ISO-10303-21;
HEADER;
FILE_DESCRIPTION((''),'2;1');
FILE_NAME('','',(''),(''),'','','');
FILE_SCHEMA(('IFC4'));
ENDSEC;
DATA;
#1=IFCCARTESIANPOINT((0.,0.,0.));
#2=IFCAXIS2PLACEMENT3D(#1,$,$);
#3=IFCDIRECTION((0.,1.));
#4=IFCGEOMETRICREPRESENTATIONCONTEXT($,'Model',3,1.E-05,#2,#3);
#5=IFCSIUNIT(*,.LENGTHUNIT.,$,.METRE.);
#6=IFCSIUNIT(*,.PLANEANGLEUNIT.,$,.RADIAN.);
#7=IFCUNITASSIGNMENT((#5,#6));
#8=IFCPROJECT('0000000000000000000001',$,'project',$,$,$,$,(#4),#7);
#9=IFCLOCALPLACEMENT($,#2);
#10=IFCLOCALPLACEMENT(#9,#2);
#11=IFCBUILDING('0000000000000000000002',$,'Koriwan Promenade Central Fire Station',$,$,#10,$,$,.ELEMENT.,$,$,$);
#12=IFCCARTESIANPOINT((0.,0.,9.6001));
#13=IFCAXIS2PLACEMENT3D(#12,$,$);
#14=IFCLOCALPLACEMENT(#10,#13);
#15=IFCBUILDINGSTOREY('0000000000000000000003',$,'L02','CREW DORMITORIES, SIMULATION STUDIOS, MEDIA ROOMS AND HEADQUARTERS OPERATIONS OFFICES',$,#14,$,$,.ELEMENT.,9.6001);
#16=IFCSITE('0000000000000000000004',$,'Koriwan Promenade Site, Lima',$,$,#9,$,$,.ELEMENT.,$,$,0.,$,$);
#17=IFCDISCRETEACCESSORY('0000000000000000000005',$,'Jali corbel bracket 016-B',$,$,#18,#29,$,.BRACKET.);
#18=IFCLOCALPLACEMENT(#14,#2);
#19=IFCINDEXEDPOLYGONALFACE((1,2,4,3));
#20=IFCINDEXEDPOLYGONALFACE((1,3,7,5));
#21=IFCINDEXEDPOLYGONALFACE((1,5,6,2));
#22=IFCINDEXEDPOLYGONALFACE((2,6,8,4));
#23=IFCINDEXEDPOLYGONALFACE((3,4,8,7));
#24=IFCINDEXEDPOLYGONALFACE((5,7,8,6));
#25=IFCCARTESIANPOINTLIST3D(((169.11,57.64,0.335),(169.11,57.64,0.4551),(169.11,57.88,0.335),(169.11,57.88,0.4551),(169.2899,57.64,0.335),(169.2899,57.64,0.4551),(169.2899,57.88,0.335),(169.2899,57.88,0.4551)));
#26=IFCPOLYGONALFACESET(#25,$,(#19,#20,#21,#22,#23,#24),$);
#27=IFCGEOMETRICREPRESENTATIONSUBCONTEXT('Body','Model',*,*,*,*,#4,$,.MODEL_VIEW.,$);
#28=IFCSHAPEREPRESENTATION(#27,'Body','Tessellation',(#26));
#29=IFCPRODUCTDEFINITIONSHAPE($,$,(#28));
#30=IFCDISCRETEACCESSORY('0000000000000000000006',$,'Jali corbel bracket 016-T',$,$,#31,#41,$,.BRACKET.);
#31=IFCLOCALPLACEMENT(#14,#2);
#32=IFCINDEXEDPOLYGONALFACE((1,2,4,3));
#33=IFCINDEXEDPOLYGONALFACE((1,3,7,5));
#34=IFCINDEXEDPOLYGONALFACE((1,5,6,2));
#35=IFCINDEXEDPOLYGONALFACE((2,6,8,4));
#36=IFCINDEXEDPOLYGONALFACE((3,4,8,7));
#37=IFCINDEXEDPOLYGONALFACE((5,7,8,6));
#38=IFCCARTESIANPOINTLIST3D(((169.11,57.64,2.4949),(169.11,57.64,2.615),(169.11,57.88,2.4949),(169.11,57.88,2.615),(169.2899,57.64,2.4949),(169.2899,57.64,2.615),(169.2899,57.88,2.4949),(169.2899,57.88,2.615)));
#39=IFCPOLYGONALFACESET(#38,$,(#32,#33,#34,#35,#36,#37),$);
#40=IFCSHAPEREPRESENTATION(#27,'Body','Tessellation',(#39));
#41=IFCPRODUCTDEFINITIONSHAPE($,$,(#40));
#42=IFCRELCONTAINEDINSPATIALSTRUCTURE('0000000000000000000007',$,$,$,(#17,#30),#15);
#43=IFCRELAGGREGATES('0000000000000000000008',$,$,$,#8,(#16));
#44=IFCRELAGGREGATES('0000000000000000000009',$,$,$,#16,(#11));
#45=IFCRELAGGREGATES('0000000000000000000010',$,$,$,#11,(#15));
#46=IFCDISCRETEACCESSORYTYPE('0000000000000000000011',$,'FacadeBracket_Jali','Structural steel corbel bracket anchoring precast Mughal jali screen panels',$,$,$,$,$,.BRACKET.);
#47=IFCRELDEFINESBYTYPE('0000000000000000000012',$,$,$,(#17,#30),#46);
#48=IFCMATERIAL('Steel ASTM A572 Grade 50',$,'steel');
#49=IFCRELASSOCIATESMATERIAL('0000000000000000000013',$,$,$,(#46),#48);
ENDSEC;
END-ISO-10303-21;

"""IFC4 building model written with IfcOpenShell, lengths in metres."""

from ifc_helpers import new_model, si_unit, direction, frame, origin, origin_2d, place, context, subcontext, project, spatial, rectangle, extrude, material, type_object, element, save


model = new_model("IFC4")

# Units and contexts
model_context = context("Model", 3, precision=1e-05, world=origin(), true_north=direction((0.0, 1.0)))
body_context = subcontext(model_context, "Body", "Model", "MODEL_VIEW")
ifc_project = project(units=[si_unit("LENGTHUNIT", "METRE"), si_unit("PLANEANGLEUNIT", "RADIAN")], contexts=[model_context])

# Site, building, storey
site_placement = place(None, origin())
site = spatial("IfcSite", under=ifc_project, at=site_placement, Name="Koriwan Promenade Site, Lima", CompositionType="ELEMENT", RefElevation=0.0)
building_placement = place(site_placement, origin())
building = spatial("IfcBuilding", under=site, at=building_placement, Name="Koriwan Promenade Central Fire Station", CompositionType="ELEMENT")
storey_placement = place(building_placement, frame((0.0, 0.0, 9.6001)))
storey = spatial("IfcBuildingStorey", under=building, at=storey_placement, Name="L02", Description="CREW DORMITORIES, SIMULATION STUDIOS, MEDIA ROOMS AND HEADQUARTERS OPERATIONS OFFICES", CompositionType="ELEMENT", Elevation=9.6001)

# Discrete accessories
ifc_material_1 = material(Name="Steel ASTM A572 Grade 50", Category="steel")
discrete_accessory_type_1 = type_object("IfcDiscreteAccessoryType", Name="FacadeBracket_Jali", Description="Structural steel corbel bracket anchoring precast Mughal jali screen panels", PredefinedType="BRACKET", material=ifc_material_1)
for number, where, z_axis, x_axis, name in (
    (1, (169.2, 57.76, 0.335), (0.0, 0.0, 1.0), (0.0, 1.0, 0.0), "Jali corbel bracket 016-B"),
    (2, (169.2, 57.76, 2.4949), (0.0, 0.0, 1.0), (0.0, 1.0, 0.0), "Jali corbel bracket 016-T"),
):
    element("IfcDiscreteAccessory", number, at=place(storey_placement, frame(where, z_axis=z_axis, x_axis=x_axis)), inside=storey, type_object=discrete_accessory_type_1, Name=name, PredefinedType="BRACKET", context=body_context, shape_type="SweptSolid", body=[
        extrude(rectangle(XDim=0.24, YDim=0.1799, at=origin_2d()), origin(), (0.0, 0.0, 1.0), 0.1201),
    ])

save(model, "model.ifc")
